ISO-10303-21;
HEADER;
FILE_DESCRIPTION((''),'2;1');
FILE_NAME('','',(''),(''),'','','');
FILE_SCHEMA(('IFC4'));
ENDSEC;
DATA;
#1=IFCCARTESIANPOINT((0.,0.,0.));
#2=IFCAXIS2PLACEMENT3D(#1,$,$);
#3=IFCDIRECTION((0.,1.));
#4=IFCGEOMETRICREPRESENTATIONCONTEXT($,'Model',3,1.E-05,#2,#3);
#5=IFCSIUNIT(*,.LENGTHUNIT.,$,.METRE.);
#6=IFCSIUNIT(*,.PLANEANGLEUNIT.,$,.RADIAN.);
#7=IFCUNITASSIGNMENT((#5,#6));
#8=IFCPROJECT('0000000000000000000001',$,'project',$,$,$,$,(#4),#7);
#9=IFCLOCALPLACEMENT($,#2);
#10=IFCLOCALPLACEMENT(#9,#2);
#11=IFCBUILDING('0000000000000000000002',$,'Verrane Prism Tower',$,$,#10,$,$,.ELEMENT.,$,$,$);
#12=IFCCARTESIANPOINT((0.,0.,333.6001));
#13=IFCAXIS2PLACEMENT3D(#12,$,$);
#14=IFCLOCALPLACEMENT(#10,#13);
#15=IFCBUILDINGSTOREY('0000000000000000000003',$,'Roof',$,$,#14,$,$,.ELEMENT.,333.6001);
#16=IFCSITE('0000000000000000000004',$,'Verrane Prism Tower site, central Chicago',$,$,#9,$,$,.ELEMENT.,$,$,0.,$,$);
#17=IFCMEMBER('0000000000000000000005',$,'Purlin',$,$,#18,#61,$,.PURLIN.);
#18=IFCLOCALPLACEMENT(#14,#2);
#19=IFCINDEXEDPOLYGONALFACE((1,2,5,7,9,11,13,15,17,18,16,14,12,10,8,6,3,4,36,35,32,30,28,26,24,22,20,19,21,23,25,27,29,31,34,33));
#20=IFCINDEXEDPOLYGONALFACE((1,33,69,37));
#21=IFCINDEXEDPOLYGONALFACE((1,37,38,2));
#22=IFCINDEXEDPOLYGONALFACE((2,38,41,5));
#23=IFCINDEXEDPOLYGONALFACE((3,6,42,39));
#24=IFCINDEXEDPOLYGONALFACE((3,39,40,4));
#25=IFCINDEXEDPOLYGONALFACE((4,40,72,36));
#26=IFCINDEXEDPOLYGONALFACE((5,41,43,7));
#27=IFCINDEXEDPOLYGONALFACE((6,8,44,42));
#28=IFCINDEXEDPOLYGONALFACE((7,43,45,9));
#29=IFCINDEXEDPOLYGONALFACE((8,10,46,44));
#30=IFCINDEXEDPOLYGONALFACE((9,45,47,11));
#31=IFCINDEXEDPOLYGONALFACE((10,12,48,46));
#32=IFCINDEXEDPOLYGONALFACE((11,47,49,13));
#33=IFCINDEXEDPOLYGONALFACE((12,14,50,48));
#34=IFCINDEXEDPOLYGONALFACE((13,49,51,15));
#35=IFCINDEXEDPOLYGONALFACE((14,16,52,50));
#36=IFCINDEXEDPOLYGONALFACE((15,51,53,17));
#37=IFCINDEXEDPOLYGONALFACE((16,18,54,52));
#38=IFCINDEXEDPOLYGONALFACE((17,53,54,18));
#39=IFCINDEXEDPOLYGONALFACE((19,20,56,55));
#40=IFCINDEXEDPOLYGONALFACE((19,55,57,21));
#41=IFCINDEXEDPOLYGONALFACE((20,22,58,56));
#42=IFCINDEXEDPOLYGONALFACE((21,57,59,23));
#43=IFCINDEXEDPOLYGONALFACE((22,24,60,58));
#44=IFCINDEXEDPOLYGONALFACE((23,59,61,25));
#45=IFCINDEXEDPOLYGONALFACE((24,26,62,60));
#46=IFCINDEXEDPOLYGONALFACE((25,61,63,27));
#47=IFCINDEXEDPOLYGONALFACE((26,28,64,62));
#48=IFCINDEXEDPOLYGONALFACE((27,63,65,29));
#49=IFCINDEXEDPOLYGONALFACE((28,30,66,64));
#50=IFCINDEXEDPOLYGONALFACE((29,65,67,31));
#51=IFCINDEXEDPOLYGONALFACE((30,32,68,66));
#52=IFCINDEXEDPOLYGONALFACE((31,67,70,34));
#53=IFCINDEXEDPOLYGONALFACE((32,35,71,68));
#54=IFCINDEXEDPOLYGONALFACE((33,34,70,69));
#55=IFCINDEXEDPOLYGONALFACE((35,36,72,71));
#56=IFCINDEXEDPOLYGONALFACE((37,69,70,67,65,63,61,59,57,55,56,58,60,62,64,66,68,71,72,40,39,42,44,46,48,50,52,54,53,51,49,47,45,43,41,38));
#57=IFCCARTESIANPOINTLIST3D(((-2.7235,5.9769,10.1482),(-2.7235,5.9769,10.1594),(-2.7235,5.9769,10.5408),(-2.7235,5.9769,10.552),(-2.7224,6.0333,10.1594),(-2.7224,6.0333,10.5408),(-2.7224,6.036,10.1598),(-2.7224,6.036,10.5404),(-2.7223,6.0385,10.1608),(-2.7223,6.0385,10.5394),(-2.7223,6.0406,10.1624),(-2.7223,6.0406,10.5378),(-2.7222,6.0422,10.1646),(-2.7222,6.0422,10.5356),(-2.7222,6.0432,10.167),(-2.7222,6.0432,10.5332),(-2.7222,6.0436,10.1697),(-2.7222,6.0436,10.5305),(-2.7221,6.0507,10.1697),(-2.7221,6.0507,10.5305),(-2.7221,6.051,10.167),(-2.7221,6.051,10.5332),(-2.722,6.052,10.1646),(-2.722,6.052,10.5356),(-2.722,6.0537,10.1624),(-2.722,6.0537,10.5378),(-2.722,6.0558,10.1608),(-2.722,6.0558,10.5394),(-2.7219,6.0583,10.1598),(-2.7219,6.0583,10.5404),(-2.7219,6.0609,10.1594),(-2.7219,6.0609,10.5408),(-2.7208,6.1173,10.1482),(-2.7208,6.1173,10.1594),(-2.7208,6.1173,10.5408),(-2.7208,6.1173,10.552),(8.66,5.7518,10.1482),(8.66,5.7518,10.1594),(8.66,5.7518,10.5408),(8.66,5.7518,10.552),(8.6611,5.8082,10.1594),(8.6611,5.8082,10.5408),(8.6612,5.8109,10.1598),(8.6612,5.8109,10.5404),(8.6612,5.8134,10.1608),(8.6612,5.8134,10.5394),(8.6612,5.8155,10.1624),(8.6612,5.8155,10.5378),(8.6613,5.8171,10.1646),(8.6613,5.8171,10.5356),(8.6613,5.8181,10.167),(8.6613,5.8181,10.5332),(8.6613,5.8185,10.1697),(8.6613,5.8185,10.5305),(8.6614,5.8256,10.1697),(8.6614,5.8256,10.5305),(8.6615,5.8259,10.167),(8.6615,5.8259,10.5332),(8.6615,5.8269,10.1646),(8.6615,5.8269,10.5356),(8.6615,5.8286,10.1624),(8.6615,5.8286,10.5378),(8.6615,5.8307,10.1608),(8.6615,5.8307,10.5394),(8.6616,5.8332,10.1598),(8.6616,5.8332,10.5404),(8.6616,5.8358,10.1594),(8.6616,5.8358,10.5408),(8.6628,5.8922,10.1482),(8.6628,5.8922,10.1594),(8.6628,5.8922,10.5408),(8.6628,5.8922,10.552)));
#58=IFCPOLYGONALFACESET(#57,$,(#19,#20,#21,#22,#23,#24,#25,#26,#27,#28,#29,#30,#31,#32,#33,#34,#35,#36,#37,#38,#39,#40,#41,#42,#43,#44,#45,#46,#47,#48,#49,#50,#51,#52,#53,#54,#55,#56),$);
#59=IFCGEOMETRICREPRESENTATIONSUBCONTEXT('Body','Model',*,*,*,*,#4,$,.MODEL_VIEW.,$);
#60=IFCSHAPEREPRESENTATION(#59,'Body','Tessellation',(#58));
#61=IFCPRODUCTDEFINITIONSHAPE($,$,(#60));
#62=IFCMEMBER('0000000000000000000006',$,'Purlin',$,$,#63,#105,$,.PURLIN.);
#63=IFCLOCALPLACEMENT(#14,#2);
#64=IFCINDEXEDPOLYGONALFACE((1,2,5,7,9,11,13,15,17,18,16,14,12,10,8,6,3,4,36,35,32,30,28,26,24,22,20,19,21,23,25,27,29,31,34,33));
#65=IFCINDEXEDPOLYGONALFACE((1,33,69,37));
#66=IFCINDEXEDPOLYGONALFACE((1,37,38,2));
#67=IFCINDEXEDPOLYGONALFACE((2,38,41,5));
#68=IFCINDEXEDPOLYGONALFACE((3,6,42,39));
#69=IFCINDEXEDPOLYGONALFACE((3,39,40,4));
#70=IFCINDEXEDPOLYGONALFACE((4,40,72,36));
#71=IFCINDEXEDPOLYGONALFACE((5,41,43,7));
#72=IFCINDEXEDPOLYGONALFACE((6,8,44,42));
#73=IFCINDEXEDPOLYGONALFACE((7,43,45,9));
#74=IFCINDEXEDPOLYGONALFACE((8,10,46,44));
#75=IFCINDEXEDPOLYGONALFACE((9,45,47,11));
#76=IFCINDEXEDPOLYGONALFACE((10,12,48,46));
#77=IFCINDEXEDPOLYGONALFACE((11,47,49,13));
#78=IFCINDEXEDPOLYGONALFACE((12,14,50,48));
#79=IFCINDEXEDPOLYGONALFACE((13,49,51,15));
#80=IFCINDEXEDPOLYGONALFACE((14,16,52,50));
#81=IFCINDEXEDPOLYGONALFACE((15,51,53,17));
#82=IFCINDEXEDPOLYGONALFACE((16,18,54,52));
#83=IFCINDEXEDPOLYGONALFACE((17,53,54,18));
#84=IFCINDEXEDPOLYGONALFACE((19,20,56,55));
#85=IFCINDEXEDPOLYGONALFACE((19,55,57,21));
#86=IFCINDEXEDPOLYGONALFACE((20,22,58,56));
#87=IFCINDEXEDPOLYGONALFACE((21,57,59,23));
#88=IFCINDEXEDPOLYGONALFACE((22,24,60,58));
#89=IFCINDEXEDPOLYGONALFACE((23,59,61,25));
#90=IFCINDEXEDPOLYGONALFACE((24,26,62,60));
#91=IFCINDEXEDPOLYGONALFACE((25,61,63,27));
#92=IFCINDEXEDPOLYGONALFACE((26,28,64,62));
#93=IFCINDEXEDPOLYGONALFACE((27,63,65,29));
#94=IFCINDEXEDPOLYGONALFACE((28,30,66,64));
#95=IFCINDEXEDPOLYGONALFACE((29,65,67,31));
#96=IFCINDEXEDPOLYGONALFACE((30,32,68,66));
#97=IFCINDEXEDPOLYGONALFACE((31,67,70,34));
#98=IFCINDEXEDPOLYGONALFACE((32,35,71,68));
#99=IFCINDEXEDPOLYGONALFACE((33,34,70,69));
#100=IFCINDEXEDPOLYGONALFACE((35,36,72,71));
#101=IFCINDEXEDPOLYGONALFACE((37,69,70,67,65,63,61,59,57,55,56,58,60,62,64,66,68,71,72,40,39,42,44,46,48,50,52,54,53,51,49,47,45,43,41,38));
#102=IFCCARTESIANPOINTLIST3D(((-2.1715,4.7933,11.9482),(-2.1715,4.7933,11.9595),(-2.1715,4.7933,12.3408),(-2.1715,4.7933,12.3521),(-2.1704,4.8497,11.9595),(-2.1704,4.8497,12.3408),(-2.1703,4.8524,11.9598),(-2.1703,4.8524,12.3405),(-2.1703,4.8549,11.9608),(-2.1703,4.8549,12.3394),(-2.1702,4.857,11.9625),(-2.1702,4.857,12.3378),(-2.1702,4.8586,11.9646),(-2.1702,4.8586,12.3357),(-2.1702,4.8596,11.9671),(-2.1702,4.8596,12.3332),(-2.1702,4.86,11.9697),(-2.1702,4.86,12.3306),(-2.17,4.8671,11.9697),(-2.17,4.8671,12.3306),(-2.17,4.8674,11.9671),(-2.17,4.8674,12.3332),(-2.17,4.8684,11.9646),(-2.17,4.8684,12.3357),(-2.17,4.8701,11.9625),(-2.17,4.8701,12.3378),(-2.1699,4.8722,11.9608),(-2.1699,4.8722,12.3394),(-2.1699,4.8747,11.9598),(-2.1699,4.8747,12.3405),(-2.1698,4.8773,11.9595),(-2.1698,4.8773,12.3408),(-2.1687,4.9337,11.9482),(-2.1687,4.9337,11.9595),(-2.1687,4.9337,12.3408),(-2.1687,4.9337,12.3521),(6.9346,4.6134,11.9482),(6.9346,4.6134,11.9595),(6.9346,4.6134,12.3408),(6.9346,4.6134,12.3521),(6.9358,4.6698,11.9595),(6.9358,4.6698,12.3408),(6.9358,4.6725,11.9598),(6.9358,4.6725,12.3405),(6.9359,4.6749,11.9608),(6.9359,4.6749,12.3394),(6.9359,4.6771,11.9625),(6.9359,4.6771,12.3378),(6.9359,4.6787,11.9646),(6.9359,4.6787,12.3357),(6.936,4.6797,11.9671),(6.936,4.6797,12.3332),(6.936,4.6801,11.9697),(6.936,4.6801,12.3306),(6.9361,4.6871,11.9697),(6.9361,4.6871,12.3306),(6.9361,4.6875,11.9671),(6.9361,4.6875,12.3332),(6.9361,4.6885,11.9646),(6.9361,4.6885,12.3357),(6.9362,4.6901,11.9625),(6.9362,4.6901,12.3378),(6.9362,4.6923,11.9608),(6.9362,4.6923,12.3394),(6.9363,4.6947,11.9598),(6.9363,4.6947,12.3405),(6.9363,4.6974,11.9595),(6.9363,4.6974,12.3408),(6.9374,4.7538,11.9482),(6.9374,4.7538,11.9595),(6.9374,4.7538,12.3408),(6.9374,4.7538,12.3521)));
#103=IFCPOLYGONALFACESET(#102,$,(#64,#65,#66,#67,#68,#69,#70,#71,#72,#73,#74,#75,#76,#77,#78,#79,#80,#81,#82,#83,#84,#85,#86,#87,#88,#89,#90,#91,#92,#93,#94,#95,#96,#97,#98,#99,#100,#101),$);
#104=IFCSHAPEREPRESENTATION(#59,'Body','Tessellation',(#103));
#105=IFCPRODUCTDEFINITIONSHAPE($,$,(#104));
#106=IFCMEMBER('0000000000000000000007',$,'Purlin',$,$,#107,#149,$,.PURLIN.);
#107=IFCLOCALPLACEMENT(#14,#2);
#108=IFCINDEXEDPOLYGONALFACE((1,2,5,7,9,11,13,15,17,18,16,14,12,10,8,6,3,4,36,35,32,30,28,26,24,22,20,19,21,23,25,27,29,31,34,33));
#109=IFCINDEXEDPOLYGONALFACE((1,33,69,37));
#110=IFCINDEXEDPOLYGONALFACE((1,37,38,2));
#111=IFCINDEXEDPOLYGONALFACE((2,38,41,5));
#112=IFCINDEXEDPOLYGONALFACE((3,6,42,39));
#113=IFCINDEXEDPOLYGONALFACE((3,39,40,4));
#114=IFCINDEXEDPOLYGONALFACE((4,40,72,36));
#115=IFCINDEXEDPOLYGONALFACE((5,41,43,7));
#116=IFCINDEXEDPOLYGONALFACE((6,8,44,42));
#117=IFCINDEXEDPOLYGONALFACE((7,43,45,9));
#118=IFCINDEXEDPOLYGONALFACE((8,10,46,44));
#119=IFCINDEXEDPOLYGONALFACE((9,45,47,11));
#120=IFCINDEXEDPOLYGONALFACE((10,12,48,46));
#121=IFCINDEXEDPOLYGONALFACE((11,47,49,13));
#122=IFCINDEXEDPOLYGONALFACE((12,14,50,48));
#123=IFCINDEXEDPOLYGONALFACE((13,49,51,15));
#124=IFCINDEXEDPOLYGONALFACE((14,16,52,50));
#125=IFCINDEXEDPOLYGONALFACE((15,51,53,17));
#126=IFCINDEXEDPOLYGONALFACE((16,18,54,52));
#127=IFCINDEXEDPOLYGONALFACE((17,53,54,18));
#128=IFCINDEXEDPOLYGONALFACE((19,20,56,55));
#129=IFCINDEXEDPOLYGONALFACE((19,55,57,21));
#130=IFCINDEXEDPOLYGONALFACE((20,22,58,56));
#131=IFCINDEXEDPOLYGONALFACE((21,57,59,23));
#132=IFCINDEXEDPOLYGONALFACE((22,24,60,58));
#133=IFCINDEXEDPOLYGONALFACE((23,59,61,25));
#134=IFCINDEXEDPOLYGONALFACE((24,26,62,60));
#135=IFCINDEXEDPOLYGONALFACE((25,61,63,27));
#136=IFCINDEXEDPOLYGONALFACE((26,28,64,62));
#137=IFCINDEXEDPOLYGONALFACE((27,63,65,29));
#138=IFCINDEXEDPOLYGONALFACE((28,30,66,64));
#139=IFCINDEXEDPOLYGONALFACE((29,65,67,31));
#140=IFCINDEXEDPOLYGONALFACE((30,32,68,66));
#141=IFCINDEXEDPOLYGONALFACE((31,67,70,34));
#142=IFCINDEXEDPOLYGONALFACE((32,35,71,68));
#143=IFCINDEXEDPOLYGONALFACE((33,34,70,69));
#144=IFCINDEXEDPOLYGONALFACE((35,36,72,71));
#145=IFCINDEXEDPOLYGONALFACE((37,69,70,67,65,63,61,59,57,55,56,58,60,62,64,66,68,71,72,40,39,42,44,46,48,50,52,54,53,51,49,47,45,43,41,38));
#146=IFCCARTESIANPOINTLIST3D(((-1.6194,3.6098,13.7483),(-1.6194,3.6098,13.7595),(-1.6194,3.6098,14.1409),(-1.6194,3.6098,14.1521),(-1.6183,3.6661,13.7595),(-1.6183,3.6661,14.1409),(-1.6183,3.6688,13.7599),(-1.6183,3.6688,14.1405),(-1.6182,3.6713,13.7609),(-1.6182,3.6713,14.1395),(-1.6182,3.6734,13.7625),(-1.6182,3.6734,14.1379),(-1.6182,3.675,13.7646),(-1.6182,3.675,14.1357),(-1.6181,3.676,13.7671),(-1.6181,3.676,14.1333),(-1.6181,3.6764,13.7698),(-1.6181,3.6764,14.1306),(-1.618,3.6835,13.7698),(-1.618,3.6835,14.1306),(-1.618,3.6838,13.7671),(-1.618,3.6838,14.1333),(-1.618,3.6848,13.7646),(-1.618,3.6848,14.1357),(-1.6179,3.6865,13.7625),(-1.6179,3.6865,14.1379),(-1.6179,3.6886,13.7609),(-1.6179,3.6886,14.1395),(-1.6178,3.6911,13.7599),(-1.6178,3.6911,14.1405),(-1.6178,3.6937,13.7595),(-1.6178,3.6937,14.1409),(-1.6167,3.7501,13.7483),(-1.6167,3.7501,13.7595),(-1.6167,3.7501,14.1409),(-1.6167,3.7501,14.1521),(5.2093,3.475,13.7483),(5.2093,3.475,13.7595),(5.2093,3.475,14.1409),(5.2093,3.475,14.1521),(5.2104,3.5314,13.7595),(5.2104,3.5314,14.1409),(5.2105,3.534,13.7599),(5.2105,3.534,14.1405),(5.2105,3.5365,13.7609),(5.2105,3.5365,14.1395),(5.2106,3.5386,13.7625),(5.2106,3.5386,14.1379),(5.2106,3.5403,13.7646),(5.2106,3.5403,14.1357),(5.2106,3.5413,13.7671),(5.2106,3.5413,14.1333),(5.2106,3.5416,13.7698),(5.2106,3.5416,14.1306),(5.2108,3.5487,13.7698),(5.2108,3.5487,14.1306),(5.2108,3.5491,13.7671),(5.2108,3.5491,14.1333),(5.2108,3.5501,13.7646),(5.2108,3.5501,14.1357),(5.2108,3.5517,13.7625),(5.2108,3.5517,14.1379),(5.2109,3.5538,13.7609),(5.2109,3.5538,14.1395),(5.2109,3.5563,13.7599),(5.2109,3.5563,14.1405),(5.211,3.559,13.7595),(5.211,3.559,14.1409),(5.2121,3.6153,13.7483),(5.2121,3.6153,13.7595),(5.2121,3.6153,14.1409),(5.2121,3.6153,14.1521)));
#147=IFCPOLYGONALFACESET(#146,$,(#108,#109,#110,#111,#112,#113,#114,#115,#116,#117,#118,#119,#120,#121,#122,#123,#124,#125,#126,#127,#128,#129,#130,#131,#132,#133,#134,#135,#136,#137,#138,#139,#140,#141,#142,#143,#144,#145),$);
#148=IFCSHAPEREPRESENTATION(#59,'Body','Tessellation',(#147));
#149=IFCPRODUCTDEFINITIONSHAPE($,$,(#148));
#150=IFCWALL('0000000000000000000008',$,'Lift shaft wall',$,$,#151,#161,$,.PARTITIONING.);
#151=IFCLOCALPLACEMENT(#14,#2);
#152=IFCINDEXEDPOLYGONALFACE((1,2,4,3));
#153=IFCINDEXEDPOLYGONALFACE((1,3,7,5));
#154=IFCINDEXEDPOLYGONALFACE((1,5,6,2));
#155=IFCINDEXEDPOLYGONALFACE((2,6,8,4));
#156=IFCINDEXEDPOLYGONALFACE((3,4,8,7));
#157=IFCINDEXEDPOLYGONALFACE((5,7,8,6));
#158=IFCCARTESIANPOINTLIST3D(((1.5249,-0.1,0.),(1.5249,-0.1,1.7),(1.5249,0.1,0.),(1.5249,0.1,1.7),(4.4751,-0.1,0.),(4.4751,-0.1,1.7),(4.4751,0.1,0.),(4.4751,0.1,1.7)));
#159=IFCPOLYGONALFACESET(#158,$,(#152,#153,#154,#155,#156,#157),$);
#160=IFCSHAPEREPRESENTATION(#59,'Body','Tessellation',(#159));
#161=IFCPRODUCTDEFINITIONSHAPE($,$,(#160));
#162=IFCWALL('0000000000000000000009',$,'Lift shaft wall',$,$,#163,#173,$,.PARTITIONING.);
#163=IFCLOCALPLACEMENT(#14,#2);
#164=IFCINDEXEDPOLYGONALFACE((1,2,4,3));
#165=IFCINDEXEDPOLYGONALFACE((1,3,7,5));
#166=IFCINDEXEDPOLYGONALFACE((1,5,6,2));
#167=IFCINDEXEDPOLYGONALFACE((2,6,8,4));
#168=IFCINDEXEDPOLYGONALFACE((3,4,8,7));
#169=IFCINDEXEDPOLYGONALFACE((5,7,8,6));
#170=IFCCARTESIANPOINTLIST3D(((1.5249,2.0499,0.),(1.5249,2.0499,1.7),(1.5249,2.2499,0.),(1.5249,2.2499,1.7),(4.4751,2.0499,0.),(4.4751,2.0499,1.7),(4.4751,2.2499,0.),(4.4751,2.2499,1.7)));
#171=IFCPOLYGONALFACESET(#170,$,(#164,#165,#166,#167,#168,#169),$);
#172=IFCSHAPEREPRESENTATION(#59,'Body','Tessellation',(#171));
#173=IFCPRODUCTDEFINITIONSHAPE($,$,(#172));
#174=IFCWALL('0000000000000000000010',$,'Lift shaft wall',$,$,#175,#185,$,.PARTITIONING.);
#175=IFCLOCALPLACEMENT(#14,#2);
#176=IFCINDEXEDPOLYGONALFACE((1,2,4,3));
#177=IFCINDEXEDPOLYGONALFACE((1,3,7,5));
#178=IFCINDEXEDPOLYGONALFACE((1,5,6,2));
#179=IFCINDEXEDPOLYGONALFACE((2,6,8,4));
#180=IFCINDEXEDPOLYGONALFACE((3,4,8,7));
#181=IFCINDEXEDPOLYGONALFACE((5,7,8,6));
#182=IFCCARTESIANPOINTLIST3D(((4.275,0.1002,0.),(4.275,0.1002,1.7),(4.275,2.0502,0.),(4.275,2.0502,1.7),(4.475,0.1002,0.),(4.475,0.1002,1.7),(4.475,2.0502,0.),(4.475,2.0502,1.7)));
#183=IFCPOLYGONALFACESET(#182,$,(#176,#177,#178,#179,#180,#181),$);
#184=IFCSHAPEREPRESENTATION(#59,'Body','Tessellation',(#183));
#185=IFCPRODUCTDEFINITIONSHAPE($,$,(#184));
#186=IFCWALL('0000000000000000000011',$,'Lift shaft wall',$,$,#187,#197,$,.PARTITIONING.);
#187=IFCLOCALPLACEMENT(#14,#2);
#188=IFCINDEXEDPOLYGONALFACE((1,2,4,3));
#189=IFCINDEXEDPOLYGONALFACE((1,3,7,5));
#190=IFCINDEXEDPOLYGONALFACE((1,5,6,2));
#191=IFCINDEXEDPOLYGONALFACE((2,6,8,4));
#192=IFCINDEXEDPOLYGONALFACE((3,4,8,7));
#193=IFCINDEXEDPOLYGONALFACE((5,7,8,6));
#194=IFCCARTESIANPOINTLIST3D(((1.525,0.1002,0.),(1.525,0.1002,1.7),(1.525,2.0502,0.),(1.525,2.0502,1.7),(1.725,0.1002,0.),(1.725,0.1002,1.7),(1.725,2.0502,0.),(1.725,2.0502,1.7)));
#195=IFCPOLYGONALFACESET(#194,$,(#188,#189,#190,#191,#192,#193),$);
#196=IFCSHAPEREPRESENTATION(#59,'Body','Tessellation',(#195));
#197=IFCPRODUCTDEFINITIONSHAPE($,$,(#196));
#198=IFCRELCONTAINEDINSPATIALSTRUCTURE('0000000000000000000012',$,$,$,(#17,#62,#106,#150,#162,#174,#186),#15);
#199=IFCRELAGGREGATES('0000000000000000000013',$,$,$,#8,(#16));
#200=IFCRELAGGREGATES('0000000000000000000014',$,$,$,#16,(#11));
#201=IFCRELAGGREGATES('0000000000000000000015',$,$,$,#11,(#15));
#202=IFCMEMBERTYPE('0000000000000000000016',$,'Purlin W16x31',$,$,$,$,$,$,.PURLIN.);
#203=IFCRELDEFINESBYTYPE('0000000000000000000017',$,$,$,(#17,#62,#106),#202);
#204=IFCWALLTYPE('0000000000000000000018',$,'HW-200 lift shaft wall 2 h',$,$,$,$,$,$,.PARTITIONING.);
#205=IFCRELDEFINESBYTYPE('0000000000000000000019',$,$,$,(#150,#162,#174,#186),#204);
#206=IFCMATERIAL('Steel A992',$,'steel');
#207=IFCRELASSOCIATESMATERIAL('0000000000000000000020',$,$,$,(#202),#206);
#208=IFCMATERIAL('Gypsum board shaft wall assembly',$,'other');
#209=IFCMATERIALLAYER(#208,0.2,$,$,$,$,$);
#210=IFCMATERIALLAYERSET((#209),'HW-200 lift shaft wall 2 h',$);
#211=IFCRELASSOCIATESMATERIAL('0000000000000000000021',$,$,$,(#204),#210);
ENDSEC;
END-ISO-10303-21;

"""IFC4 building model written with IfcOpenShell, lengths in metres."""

from ifc_helpers import new_model, si_unit, direction, frame, frame_2d, origin, origin_2d, place, context, subcontext, project, spatial, rectangle, i_section, extrude, material, layer, layer_set, material_profile, profile_set, type_object, element, save


model = new_model("IFC4")

# Units and contexts
model_context = context("Model", 3, precision=1e-05, world=origin(), true_north=direction((0.0, 1.0)))
body_context = subcontext(model_context, "Body", "Model", "MODEL_VIEW")
ifc_project = project(units=[si_unit("LENGTHUNIT", "METRE"), si_unit("PLANEANGLEUNIT", "RADIAN")], contexts=[model_context])

# Site, building, storey
site_placement = place(None, origin())
site = spatial("IfcSite", under=ifc_project, at=site_placement, Name="Verrane Prism Tower site, central Chicago", CompositionType="ELEMENT", RefElevation=0.0)
building_placement = place(site_placement, origin())
building = spatial("IfcBuilding", under=site, at=building_placement, Name="Verrane Prism Tower", CompositionType="ELEMENT")
storey_placement = place(building_placement, frame((0.0, 0.0, 333.6001)))
storey = spatial("IfcBuildingStorey", under=building, at=storey_placement, Name="Roof", CompositionType="ELEMENT", Elevation=333.6001)

# Members
ifc_material_1 = material(Name="Steel A992", Category="steel")
ifc_material_profile_1 = material_profile(ifc_material_1, i_section(OverallWidth=0.1404, OverallDepth=0.4038, WebThickness=0.0071, FlangeThickness=0.0112, FilletRadius=0.0103, at=origin_2d()), Name="W16x31")
ifc_profile_set_1 = profile_set([ifc_material_profile_1], Name="Steel A992")
member_type_1 = type_object("IfcMemberType", Name="Purlin W16x31", PredefinedType="PURLIN", material=ifc_profile_set_1)
member_1_placement = place(storey_placement, frame((8.6614, 5.822, 10.3501), z_axis=(-0.999805, 0.01977, 0.0), x_axis=(-0.01977, -0.999805, 0.0)))
element("IfcMember", 1, at=member_1_placement, inside=storey, type_object=member_type_1, Name="Purlin", PredefinedType="PURLIN", context=body_context, shape_type="SweptSolid", body=[
    extrude(i_section(OverallWidth=0.1404, OverallDepth=0.4038, WebThickness=0.0071, FlangeThickness=0.0112, FilletRadius=0.0103, at=origin_2d()), origin(), (0.0, 0.0, 1.0), 11.3857),
])
member_2_placement = place(storey_placement, frame((6.936, 4.6836, 12.1501), z_axis=(-0.999805, 0.019755, 0.0), x_axis=(-0.019755, -0.999805, 0.0)))
element("IfcMember", 2, at=member_2_placement, inside=storey, type_object=member_type_1, Name="Purlin", PredefinedType="PURLIN", context=body_context, shape_type="SweptSolid", body=[
    extrude(i_section(OverallWidth=0.1404, OverallDepth=0.4038, WebThickness=0.0071, FlangeThickness=0.0112, FilletRadius=0.0103, at=origin_2d()), origin(), (0.0, 0.0, 1.0), 9.1079),
])
member_3_placement = place(storey_placement, frame((5.2107, 3.5452, 13.9502), z_axis=(-0.999805, 0.019731, 0.0), x_axis=(-0.019731, -0.999805, 0.0)))
element("IfcMember", 3, at=member_3_placement, inside=storey, type_object=member_type_1, Name="Purlin", PredefinedType="PURLIN", context=body_context, shape_type="SweptSolid", body=[
    extrude(i_section(OverallWidth=0.1404, OverallDepth=0.4038, WebThickness=0.0071, FlangeThickness=0.0112, FilletRadius=0.0103, at=origin_2d()), origin(), (0.0, 0.0, 1.0), 6.8301),
])

# Walls
ifc_material_2 = material(Name="Gypsum board shaft wall assembly", Category="other")
ifc_layer_1 = layer(ifc_material_2, 0.2)
ifc_layer_set_1 = layer_set([ifc_layer_1], Name="HW-200 lift shaft wall 2 h")
wall_type = type_object("IfcWallType", Name="HW-200 lift shaft wall 2 h", PredefinedType="PARTITIONING", material=ifc_layer_set_1)
for number, where, z_axis, x_axis, name in (
    (4, (1.5249, 0.0, 0.0), (0.0, 0.0, 1.0), (1.0, 0.0, 0.0), "Lift shaft wall"),
    (5, (1.5249, 2.1499, 0.0), (0.0, 0.0, 1.0), (1.0, 0.0, 0.0), "Lift shaft wall"),
):
    element("IfcWall", number, at=place(storey_placement, frame(where, z_axis=z_axis, x_axis=x_axis)), inside=storey, type_object=wall_type, Name=name, PredefinedType="PARTITIONING", context=body_context, shape_type="SweptSolid", body=[
        extrude(rectangle(XDim=2.9502, YDim=0.2, at=frame_2d((1.4751, 0.0))), origin(), (0.0, 0.0, 1.0), 1.7),
    ])
for number, where, z_axis, x_axis, name in (
    (6, (4.375, 0.1001, 0.0), (0.0, 0.0, 1.0), (0.0, 1.0, 0.0), "Lift shaft wall"),
    (7, (1.625, 0.1001, 0.0), (0.0, 0.0, 1.0), (0.0, 1.0, 0.0), "Lift shaft wall"),
):
    element("IfcWall", number, at=place(storey_placement, frame(where, z_axis=z_axis, x_axis=x_axis)), inside=storey, type_object=wall_type, Name=name, PredefinedType="PARTITIONING", context=body_context, shape_type="SweptSolid", body=[
        extrude(rectangle(XDim=1.95, YDim=0.2, at=frame_2d((0.9751, 0.0))), origin(), (0.0, 0.0, 1.0), 1.7),
    ])

save(model, "model.ifc")
